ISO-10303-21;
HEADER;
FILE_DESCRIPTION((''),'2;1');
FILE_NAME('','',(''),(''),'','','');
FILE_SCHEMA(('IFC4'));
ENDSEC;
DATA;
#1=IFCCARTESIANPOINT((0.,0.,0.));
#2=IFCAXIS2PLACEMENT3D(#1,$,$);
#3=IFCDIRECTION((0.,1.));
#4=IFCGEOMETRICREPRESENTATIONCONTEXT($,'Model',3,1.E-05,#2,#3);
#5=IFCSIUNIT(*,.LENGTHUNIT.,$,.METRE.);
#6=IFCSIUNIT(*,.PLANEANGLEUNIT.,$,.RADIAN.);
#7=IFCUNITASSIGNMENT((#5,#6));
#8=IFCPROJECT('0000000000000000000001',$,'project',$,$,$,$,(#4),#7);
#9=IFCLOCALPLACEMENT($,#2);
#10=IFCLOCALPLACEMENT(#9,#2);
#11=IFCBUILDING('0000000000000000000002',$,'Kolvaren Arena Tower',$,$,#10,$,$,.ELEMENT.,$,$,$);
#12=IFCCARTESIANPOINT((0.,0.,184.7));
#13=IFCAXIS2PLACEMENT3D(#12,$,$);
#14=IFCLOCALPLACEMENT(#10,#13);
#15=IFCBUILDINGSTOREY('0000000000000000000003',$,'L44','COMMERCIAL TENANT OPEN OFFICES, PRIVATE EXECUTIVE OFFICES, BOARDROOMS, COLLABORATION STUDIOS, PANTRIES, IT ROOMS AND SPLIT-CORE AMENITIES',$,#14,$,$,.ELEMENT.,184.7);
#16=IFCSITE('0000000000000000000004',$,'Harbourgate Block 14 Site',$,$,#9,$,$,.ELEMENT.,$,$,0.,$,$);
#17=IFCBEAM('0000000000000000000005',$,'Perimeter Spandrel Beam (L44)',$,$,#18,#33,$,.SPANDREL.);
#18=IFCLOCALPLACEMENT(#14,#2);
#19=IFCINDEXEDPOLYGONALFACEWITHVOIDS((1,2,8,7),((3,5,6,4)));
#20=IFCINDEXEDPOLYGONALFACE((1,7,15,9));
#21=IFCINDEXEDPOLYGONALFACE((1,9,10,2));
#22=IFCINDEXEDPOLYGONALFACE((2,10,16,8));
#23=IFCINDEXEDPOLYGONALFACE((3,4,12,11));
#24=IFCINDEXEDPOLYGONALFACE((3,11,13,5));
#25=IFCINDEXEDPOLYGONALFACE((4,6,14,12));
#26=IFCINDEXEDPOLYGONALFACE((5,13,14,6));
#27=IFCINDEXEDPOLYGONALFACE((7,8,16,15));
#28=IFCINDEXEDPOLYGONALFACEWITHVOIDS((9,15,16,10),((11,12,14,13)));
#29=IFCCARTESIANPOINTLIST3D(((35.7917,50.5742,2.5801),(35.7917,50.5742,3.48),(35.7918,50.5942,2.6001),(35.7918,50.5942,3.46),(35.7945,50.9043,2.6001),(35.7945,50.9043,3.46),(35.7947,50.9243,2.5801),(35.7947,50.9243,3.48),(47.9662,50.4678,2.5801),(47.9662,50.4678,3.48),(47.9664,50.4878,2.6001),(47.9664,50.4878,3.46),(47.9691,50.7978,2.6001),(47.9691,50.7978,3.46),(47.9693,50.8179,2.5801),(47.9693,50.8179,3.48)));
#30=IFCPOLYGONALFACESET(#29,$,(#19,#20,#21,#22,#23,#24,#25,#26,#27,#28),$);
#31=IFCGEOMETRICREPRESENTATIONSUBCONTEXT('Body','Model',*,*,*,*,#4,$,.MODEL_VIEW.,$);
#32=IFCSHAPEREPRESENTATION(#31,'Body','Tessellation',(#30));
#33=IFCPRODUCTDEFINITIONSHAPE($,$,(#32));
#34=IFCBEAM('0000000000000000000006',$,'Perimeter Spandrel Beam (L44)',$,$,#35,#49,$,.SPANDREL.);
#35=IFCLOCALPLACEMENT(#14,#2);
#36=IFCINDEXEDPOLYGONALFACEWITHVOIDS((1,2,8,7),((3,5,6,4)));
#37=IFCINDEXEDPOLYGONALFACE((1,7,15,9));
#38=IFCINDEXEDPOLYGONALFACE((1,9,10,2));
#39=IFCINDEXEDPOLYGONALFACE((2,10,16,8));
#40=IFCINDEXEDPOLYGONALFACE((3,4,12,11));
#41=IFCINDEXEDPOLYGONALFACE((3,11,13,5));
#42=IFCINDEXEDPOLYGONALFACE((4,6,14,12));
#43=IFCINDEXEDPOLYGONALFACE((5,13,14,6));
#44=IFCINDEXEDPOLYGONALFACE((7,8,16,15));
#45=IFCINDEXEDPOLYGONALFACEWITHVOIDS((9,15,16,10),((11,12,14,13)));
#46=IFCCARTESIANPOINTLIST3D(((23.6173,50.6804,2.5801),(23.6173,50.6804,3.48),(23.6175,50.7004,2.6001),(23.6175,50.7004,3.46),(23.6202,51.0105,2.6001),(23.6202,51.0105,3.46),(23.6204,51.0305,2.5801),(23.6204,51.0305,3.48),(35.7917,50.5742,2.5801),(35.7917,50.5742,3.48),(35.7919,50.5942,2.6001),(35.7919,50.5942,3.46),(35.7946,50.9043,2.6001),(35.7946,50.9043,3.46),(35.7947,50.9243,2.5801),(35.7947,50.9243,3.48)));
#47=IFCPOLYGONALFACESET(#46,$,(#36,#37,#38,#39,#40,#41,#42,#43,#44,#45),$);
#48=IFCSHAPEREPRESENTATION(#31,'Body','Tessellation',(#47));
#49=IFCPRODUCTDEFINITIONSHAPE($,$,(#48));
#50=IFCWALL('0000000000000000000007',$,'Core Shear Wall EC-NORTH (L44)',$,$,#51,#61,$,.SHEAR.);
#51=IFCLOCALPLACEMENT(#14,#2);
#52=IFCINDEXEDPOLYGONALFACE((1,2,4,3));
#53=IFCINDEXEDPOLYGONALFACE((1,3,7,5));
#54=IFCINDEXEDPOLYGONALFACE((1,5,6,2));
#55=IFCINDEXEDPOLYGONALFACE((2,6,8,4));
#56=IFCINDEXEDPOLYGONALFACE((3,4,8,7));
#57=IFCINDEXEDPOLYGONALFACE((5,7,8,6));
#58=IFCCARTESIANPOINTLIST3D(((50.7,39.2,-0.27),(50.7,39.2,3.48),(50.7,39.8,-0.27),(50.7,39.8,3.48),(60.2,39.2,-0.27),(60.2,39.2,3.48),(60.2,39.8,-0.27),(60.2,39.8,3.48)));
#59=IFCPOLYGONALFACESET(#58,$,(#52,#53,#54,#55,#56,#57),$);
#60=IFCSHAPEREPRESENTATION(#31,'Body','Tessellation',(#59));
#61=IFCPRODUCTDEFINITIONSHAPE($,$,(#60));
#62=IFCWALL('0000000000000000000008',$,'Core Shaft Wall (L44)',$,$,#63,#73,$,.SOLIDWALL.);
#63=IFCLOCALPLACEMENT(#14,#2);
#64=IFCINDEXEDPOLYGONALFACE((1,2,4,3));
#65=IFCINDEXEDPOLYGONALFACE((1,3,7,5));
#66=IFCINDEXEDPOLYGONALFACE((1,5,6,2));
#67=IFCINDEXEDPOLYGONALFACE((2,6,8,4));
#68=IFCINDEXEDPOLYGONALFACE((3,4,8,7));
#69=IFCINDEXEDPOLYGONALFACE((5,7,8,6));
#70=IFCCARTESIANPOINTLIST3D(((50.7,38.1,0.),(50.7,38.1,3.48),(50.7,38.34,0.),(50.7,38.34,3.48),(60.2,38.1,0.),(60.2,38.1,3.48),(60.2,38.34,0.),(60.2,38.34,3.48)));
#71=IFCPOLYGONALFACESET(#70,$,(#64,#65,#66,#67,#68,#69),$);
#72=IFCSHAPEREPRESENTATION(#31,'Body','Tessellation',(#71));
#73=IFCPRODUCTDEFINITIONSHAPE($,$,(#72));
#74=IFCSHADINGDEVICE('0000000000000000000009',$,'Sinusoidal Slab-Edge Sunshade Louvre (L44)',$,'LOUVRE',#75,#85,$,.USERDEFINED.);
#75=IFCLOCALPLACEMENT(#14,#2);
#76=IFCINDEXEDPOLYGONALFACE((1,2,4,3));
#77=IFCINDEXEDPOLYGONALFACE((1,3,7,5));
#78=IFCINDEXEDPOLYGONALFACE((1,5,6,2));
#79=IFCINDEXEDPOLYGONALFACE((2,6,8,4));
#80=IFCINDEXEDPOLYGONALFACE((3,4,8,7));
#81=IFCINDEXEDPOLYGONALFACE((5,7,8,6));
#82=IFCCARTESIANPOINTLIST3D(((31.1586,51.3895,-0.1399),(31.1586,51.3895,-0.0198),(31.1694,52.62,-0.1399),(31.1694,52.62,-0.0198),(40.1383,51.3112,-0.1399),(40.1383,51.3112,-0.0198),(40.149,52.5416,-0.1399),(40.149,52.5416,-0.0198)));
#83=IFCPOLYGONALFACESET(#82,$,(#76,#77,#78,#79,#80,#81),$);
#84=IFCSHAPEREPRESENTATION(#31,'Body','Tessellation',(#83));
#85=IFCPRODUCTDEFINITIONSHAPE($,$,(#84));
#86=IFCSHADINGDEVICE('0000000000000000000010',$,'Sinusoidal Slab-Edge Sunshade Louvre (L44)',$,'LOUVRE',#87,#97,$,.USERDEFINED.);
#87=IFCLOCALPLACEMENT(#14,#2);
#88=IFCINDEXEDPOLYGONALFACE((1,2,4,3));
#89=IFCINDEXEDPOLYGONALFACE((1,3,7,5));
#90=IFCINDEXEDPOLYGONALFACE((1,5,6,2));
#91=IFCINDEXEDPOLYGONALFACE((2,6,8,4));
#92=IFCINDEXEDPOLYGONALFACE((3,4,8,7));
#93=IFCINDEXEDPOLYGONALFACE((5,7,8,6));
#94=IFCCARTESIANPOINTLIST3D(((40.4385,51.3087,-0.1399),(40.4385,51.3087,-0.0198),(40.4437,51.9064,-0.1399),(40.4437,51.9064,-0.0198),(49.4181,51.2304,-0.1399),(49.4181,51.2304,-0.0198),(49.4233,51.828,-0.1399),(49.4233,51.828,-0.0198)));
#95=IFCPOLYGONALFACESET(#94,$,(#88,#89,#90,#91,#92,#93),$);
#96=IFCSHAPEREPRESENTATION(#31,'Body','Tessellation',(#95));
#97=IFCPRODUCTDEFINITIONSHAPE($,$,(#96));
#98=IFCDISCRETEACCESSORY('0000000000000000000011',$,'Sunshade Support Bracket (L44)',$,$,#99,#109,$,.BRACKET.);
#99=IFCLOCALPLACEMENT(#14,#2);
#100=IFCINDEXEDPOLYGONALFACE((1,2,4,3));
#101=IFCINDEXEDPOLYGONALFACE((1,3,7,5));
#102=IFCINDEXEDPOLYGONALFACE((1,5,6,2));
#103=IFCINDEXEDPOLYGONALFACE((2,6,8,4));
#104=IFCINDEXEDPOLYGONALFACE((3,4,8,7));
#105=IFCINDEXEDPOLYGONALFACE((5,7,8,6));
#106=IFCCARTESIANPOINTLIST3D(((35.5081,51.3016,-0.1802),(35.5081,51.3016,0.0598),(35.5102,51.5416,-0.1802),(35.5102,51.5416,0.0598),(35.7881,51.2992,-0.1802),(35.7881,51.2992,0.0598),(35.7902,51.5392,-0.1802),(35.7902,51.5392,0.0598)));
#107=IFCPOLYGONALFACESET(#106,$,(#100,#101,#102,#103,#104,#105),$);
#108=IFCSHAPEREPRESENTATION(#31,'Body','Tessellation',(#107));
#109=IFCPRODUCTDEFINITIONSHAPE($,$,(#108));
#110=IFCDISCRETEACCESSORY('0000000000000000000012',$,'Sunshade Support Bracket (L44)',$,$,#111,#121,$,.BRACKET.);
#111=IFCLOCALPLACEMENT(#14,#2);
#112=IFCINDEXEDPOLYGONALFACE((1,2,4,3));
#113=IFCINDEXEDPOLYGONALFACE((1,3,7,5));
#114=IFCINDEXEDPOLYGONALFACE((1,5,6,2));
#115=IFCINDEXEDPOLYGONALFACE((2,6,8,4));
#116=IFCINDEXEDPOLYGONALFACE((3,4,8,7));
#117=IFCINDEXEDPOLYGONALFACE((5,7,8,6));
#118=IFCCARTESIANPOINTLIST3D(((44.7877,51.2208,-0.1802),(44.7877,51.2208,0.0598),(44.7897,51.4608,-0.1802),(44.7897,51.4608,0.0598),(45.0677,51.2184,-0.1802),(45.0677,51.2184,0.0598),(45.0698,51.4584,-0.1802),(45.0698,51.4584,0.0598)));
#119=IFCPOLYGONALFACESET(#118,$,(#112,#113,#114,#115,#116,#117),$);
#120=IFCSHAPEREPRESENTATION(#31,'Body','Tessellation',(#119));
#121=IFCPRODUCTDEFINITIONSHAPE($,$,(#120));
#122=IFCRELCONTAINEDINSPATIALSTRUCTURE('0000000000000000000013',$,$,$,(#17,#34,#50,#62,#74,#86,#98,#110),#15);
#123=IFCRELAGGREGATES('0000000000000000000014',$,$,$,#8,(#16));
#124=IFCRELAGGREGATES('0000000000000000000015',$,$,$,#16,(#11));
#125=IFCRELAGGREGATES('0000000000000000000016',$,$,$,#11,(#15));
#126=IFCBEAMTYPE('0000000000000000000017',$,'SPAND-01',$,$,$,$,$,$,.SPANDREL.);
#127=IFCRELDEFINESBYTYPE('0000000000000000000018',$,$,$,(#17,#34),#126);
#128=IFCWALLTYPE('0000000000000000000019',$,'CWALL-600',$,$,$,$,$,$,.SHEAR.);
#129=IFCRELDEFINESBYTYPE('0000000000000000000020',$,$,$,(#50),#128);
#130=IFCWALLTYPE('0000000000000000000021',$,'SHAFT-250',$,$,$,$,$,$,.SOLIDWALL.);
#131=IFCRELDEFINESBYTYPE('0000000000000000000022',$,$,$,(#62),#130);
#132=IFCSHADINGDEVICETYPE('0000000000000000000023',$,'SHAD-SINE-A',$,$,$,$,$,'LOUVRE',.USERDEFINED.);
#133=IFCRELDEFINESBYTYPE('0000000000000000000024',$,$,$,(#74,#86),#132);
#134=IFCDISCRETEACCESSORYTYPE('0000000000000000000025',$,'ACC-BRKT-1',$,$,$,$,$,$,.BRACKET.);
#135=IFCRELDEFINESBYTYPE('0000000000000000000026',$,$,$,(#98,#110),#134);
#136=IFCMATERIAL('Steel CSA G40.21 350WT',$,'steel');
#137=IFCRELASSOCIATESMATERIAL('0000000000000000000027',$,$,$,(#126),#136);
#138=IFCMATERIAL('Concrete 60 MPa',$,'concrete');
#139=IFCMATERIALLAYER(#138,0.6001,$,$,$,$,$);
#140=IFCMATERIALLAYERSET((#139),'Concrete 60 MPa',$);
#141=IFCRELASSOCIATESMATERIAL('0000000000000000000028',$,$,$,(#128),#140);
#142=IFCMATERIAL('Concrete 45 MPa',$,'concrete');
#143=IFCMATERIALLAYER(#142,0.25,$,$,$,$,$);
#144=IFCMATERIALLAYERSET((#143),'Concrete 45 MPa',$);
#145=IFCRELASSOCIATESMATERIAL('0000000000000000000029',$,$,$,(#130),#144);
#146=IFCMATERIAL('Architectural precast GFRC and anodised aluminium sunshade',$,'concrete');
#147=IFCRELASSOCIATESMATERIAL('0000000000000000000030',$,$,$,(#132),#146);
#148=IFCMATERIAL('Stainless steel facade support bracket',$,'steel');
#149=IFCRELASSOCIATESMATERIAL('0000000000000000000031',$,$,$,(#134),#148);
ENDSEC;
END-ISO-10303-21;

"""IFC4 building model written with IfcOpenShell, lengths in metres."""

from ifc_helpers import new_model, si_unit, direction, frame, frame_2d, origin, origin_2d, place, context, subcontext, project, spatial, rectangle, hollow_rectangle, extrude, material, layer, layer_set, material_profile, profile_set, type_object, element, save


model = new_model("IFC4")

# Units and contexts
model_context = context("Model", 3, precision=1e-05, world=origin(), true_north=direction((0.0, 1.0)))
body_context = subcontext(model_context, "Body", "Model", "MODEL_VIEW")
ifc_project = project(units=[si_unit("LENGTHUNIT", "METRE"), si_unit("PLANEANGLEUNIT", "RADIAN")], contexts=[model_context])

# Site, building, storey
site_placement = place(None, origin())
site = spatial("IfcSite", under=ifc_project, at=site_placement, Name="Harbourgate Block 14 Site", CompositionType="ELEMENT", RefElevation=0.0)
building_placement = place(site_placement, origin())
building = spatial("IfcBuilding", under=site, at=building_placement, Name="Kolvaren Arena Tower", CompositionType="ELEMENT")
storey_placement = place(building_placement, frame((0.0, 0.0, 184.7)))
storey = spatial("IfcBuildingStorey", under=building, at=storey_placement, Name="L44", Description="COMMERCIAL TENANT OPEN OFFICES, PRIVATE EXECUTIVE OFFICES, BOARDROOMS, COLLABORATION STUDIOS, PANTRIES, IT ROOMS AND SPLIT-CORE AMENITIES", CompositionType="ELEMENT", Elevation=184.7)

# Beams
ifc_material_1 = material(Name="Steel CSA G40.21 350WT", Category="steel")
ifc_material_profile_1 = material_profile(ifc_material_1, hollow_rectangle(XDim=0.3501, YDim=0.8999, WallThickness=0.02, at=origin_2d()), Name="HSS 900x350x20")
ifc_profile_set_1 = profile_set([ifc_material_profile_1], Name="Steel CSA G40.21 350WT")
beam_type_1 = type_object("IfcBeamType", Name="SPAND-01", PredefinedType="SPANDREL", material=ifc_profile_set_1)
beam_1_placement = place(storey_placement, frame((47.9678, 50.6428, 3.03), z_axis=(-0.999962, 0.008743, 0.0), x_axis=(-0.008743, -0.999962, 0.0)))
element("IfcBeam", 1, at=beam_1_placement, inside=storey, type_object=beam_type_1, Name="Perimeter Spandrel Beam (L44)", PredefinedType="SPANDREL", context=body_context, shape_type="SweptSolid", body=[
    extrude(hollow_rectangle(XDim=0.3501, YDim=0.8999, WallThickness=0.02, at=origin_2d()), origin(), (0.0, 0.0, 1.0), 12.175),
])
beam_2_placement = place(storey_placement, frame((35.7932, 50.7493, 3.03), z_axis=(-0.999962, 0.008723, 0.0), x_axis=(-0.008723, -0.999962, 0.0)))
element("IfcBeam", 2, at=beam_2_placement, inside=storey, type_object=beam_type_1, Name="Perimeter Spandrel Beam (L44)", PredefinedType="SPANDREL", context=body_context, shape_type="SweptSolid", body=[
    extrude(hollow_rectangle(XDim=0.3501, YDim=0.8999, WallThickness=0.02, at=origin_2d()), origin(), (0.0, 0.0, 1.0), 12.1748),
])

# Walls
ifc_material_2 = material(Name="Concrete 60 MPa", Category="concrete")
ifc_layer_1 = layer(ifc_material_2, 0.6001)
ifc_layer_set_1 = layer_set([ifc_layer_1], Name="Concrete 60 MPa")
wall_type_1 = type_object("IfcWallType", Name="CWALL-600", PredefinedType="SHEAR", material=ifc_layer_set_1)
wall_1_placement = place(storey_placement, frame((50.7, 39.5, -0.27), z_axis=(0.0, 0.0, 1.0), x_axis=(1.0, 0.0, 0.0)))
element("IfcWall", 3, at=wall_1_placement, inside=storey, type_object=wall_type_1, Name="Core Shear Wall EC-NORTH (L44)", PredefinedType="SHEAR", context=body_context, shape_type="SweptSolid", body=[
    extrude(rectangle(XDim=9.5, YDim=0.6001, at=frame_2d((4.75, 0.0))), origin(), (0.0, 0.0, 1.0), 3.75),
])
ifc_material_3 = material(Name="Concrete 45 MPa", Category="concrete")
ifc_layer_2 = layer(ifc_material_3, 0.25)
ifc_layer_set_2 = layer_set([ifc_layer_2], Name="Concrete 45 MPa")
wall_type_2 = type_object("IfcWallType", Name="SHAFT-250", PredefinedType="SOLIDWALL", material=ifc_layer_set_2)
wall_2_placement = place(storey_placement, frame((50.7, 38.22, 0.0), z_axis=(0.0, 0.0, 1.0), x_axis=(1.0, 0.0, 0.0)))
element("IfcWall", 4, at=wall_2_placement, inside=storey, type_object=wall_type_2, Name="Core Shaft Wall (L44)", PredefinedType="SOLIDWALL", context=body_context, shape_type="SweptSolid", body=[
    extrude(rectangle(XDim=9.5, YDim=0.24, at=frame_2d((4.75, 0.0))), origin(), (0.0, 0.0, 1.0), 3.48),
])

# Shading devices
ifc_material_4 = material(Name="Architectural precast GFRC and anodised aluminium sunshade", Category="concrete")
shading_device_type = type_object("IfcShadingDeviceType", Name="SHAD-SINE-A", ElementType="LOUVRE", PredefinedType="USERDEFINED", material=ifc_material_4)
shading_device_1_placement = place(storey_placement, frame((35.6538, 51.9656, -0.1399), z_axis=(0.0, 0.0, 1.0), x_axis=(0.999962, -0.008727, 0.0)))
element("IfcShadingDevice", 5, at=shading_device_1_placement, inside=storey, type_object=shading_device_type, Name="Sinusoidal Slab-Edge Sunshade Louvre (L44)", ObjectType="LOUVRE", PredefinedType="USERDEFINED", context=body_context, shape_type="SweptSolid", body=[
    extrude(rectangle(XDim=8.98, YDim=1.2305, at=origin_2d()), origin(), (0.0, 0.0, 1.0), 0.1201),
])
shading_device_2_placement = place(storey_placement, frame((44.9309, 51.5684, -0.1399), z_axis=(0.0, 0.0, 1.0), x_axis=(0.999962, -0.008727, 0.0)))
element("IfcShadingDevice", 6, at=shading_device_2_placement, inside=storey, type_object=shading_device_type, Name="Sinusoidal Slab-Edge Sunshade Louvre (L44)", ObjectType="LOUVRE", PredefinedType="USERDEFINED", context=body_context, shape_type="SweptSolid", body=[
    extrude(rectangle(XDim=8.98, YDim=0.5977, at=origin_2d()), origin(), (0.0, 0.0, 1.0), 0.1201),
])

# Discrete accessories
ifc_material_5 = material(Name="Stainless steel facade support bracket", Category="steel")
discrete_accessory_type = type_object("IfcDiscreteAccessoryType", Name="ACC-BRKT-1", PredefinedType="BRACKET", material=ifc_material_5)
for number, where, z_axis, x_axis, name in (
    (7, (35.6492, 51.4204, -0.1802), (0.0, 0.0, 1.0), (0.999962, -0.008727, 0.0), "Sunshade Support Bracket (L44)"),
    (8, (44.9287, 51.3396, -0.1802), (0.0, 0.0, 1.0), (0.999962, -0.008727, 0.0), "Sunshade Support Bracket (L44)"),
):
    element("IfcDiscreteAccessory", number, at=place(storey_placement, frame(where, z_axis=z_axis, x_axis=x_axis)), inside=storey, type_object=discrete_accessory_type, Name=name, PredefinedType="BRACKET", context=body_context, shape_type="SweptSolid", body=[
        extrude(rectangle(XDim=0.28, YDim=0.24, at=origin_2d()), origin(), (0.0, 0.0, 1.0), 0.24),
    ])

save(model, "model.ifc")
